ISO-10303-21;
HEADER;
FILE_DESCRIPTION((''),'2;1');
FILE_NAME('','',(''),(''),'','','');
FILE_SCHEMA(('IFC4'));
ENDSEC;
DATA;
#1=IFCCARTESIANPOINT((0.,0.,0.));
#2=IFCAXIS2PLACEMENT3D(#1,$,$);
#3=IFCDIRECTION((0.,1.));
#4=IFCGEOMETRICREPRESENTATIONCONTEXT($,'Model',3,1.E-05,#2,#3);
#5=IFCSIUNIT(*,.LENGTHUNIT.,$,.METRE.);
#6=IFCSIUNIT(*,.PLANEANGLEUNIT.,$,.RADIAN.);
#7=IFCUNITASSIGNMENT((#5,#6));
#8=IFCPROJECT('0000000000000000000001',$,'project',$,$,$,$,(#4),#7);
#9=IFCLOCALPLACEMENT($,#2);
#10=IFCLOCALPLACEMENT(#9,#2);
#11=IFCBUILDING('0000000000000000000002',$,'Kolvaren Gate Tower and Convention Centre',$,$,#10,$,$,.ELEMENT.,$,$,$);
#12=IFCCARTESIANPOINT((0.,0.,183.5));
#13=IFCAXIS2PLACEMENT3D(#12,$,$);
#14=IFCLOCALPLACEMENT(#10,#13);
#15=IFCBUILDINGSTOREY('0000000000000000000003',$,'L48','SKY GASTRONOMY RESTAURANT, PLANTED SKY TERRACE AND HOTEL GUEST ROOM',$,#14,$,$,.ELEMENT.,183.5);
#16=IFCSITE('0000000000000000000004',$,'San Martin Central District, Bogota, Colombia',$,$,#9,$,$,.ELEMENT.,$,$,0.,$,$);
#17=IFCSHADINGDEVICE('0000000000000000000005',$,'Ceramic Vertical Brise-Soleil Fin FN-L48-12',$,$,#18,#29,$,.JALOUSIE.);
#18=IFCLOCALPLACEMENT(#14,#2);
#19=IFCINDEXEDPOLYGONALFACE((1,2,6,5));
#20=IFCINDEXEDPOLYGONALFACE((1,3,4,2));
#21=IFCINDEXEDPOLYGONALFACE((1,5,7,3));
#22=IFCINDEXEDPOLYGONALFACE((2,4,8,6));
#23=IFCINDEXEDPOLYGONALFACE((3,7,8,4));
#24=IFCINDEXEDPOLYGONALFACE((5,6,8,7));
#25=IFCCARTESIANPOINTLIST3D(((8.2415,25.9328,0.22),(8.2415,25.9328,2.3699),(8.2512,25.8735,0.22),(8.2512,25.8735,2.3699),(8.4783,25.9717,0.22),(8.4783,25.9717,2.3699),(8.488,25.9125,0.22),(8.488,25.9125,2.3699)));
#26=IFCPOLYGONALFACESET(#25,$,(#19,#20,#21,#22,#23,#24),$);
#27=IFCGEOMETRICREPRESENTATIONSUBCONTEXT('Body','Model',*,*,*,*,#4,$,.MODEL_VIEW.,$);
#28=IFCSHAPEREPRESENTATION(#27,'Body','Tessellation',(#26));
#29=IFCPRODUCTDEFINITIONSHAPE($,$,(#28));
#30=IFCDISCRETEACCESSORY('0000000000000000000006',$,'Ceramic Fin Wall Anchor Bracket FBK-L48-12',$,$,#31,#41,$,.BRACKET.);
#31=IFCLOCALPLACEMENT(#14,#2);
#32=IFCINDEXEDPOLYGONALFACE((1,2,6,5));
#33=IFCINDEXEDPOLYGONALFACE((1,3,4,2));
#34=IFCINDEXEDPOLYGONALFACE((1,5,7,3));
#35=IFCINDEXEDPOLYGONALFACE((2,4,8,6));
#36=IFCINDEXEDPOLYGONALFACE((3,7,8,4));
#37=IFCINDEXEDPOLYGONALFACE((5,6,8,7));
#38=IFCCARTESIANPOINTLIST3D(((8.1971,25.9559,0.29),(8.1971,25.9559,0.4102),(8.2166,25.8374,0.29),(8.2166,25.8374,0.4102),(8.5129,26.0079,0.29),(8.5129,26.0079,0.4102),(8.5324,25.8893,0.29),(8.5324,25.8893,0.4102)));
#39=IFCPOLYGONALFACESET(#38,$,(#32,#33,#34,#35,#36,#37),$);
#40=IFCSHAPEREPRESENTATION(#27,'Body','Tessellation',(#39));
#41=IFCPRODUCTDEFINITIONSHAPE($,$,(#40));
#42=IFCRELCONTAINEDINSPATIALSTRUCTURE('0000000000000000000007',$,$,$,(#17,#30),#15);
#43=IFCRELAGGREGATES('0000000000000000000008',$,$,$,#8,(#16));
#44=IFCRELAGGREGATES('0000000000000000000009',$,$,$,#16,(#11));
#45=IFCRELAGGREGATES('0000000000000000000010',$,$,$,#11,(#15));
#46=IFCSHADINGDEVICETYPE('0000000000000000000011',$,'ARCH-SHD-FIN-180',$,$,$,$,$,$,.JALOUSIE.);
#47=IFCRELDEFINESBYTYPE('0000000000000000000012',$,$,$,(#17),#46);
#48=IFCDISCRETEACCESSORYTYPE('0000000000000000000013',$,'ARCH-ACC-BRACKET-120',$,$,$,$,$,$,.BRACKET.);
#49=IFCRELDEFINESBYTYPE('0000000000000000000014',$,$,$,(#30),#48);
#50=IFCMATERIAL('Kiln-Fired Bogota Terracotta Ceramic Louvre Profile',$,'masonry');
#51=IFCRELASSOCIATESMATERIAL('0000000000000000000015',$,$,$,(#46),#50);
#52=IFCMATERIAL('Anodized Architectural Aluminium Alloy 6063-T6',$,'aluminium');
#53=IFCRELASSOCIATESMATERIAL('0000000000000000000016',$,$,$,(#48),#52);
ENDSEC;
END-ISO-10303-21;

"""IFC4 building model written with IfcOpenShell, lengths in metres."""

from ifc_helpers import new_model, si_unit, direction, frame, origin, origin_2d, place, context, subcontext, project, spatial, rectangle, extrude, material, type_object, element, save


model = new_model("IFC4")

# Units and contexts
model_context = context("Model", 3, precision=1e-05, world=origin(), true_north=direction((0.0, 1.0)))
body_context = subcontext(model_context, "Body", "Model", "MODEL_VIEW")
ifc_project = project(units=[si_unit("LENGTHUNIT", "METRE"), si_unit("PLANEANGLEUNIT", "RADIAN")], contexts=[model_context])

# Site, building, storey
site_placement = place(None, origin())
site = spatial("IfcSite", under=ifc_project, at=site_placement, Name="San Martin Central District, Bogota, Colombia", CompositionType="ELEMENT", RefElevation=0.0)
building_placement = place(site_placement, origin())
building = spatial("IfcBuilding", under=site, at=building_placement, Name="Kolvaren Gate Tower and Convention Centre", CompositionType="ELEMENT")
storey_placement = place(building_placement, frame((0.0, 0.0, 183.5)))
storey = spatial("IfcBuildingStorey", under=building, at=storey_placement, Name="L48", Description="SKY GASTRONOMY RESTAURANT, PLANTED SKY TERRACE AND HOTEL GUEST ROOM", CompositionType="ELEMENT", Elevation=183.5)

# Shading device
ifc_material_1 = material(Name="Kiln-Fired Bogota Terracotta Ceramic Louvre Profile", Category="masonry")
shading_device_type = type_object("IfcShadingDeviceType", Name="ARCH-SHD-FIN-180", PredefinedType="JALOUSIE", material=ifc_material_1)
shading_device_placement = place(storey_placement, frame((8.3647, 25.9226, 0.22), z_axis=(0.0, 0.0, 1.0), x_axis=(0.162381, -0.986728, 0.0)))
element("IfcShadingDevice", 1, at=shading_device_placement, inside=storey, type_object=shading_device_type, Name="Ceramic Vertical Brise-Soleil Fin FN-L48-12", PredefinedType="JALOUSIE", context=body_context, shape_type="SweptSolid", body=[
    extrude(rectangle(XDim=0.0601, YDim=0.24, at=origin_2d()), origin(), (0.0, 0.0, 1.0), 2.1499),
])

# Discrete accessory
ifc_material_2 = material(Name="Anodized Architectural Aluminium Alloy 6063-T6", Category="aluminium")
discrete_accessory_type = type_object("IfcDiscreteAccessoryType", Name="ARCH-ACC-BRACKET-120", PredefinedType="BRACKET", material=ifc_material_2)
discrete_accessory_placement = place(storey_placement, frame((8.3647, 25.9226, 0.29), z_axis=(0.0, 0.0, 1.0), x_axis=(0.162381, -0.986728, 0.0)))
element("IfcDiscreteAccessory", 2, at=discrete_accessory_placement, inside=storey, type_object=discrete_accessory_type, Name="Ceramic Fin Wall Anchor Bracket FBK-L48-12", PredefinedType="BRACKET", context=body_context, shape_type="SweptSolid", body=[
    extrude(rectangle(XDim=0.1201, YDim=0.3201, at=origin_2d()), origin(), (0.0, 0.0, 1.0), 0.1201),
])

save(model, "model.ifc")
